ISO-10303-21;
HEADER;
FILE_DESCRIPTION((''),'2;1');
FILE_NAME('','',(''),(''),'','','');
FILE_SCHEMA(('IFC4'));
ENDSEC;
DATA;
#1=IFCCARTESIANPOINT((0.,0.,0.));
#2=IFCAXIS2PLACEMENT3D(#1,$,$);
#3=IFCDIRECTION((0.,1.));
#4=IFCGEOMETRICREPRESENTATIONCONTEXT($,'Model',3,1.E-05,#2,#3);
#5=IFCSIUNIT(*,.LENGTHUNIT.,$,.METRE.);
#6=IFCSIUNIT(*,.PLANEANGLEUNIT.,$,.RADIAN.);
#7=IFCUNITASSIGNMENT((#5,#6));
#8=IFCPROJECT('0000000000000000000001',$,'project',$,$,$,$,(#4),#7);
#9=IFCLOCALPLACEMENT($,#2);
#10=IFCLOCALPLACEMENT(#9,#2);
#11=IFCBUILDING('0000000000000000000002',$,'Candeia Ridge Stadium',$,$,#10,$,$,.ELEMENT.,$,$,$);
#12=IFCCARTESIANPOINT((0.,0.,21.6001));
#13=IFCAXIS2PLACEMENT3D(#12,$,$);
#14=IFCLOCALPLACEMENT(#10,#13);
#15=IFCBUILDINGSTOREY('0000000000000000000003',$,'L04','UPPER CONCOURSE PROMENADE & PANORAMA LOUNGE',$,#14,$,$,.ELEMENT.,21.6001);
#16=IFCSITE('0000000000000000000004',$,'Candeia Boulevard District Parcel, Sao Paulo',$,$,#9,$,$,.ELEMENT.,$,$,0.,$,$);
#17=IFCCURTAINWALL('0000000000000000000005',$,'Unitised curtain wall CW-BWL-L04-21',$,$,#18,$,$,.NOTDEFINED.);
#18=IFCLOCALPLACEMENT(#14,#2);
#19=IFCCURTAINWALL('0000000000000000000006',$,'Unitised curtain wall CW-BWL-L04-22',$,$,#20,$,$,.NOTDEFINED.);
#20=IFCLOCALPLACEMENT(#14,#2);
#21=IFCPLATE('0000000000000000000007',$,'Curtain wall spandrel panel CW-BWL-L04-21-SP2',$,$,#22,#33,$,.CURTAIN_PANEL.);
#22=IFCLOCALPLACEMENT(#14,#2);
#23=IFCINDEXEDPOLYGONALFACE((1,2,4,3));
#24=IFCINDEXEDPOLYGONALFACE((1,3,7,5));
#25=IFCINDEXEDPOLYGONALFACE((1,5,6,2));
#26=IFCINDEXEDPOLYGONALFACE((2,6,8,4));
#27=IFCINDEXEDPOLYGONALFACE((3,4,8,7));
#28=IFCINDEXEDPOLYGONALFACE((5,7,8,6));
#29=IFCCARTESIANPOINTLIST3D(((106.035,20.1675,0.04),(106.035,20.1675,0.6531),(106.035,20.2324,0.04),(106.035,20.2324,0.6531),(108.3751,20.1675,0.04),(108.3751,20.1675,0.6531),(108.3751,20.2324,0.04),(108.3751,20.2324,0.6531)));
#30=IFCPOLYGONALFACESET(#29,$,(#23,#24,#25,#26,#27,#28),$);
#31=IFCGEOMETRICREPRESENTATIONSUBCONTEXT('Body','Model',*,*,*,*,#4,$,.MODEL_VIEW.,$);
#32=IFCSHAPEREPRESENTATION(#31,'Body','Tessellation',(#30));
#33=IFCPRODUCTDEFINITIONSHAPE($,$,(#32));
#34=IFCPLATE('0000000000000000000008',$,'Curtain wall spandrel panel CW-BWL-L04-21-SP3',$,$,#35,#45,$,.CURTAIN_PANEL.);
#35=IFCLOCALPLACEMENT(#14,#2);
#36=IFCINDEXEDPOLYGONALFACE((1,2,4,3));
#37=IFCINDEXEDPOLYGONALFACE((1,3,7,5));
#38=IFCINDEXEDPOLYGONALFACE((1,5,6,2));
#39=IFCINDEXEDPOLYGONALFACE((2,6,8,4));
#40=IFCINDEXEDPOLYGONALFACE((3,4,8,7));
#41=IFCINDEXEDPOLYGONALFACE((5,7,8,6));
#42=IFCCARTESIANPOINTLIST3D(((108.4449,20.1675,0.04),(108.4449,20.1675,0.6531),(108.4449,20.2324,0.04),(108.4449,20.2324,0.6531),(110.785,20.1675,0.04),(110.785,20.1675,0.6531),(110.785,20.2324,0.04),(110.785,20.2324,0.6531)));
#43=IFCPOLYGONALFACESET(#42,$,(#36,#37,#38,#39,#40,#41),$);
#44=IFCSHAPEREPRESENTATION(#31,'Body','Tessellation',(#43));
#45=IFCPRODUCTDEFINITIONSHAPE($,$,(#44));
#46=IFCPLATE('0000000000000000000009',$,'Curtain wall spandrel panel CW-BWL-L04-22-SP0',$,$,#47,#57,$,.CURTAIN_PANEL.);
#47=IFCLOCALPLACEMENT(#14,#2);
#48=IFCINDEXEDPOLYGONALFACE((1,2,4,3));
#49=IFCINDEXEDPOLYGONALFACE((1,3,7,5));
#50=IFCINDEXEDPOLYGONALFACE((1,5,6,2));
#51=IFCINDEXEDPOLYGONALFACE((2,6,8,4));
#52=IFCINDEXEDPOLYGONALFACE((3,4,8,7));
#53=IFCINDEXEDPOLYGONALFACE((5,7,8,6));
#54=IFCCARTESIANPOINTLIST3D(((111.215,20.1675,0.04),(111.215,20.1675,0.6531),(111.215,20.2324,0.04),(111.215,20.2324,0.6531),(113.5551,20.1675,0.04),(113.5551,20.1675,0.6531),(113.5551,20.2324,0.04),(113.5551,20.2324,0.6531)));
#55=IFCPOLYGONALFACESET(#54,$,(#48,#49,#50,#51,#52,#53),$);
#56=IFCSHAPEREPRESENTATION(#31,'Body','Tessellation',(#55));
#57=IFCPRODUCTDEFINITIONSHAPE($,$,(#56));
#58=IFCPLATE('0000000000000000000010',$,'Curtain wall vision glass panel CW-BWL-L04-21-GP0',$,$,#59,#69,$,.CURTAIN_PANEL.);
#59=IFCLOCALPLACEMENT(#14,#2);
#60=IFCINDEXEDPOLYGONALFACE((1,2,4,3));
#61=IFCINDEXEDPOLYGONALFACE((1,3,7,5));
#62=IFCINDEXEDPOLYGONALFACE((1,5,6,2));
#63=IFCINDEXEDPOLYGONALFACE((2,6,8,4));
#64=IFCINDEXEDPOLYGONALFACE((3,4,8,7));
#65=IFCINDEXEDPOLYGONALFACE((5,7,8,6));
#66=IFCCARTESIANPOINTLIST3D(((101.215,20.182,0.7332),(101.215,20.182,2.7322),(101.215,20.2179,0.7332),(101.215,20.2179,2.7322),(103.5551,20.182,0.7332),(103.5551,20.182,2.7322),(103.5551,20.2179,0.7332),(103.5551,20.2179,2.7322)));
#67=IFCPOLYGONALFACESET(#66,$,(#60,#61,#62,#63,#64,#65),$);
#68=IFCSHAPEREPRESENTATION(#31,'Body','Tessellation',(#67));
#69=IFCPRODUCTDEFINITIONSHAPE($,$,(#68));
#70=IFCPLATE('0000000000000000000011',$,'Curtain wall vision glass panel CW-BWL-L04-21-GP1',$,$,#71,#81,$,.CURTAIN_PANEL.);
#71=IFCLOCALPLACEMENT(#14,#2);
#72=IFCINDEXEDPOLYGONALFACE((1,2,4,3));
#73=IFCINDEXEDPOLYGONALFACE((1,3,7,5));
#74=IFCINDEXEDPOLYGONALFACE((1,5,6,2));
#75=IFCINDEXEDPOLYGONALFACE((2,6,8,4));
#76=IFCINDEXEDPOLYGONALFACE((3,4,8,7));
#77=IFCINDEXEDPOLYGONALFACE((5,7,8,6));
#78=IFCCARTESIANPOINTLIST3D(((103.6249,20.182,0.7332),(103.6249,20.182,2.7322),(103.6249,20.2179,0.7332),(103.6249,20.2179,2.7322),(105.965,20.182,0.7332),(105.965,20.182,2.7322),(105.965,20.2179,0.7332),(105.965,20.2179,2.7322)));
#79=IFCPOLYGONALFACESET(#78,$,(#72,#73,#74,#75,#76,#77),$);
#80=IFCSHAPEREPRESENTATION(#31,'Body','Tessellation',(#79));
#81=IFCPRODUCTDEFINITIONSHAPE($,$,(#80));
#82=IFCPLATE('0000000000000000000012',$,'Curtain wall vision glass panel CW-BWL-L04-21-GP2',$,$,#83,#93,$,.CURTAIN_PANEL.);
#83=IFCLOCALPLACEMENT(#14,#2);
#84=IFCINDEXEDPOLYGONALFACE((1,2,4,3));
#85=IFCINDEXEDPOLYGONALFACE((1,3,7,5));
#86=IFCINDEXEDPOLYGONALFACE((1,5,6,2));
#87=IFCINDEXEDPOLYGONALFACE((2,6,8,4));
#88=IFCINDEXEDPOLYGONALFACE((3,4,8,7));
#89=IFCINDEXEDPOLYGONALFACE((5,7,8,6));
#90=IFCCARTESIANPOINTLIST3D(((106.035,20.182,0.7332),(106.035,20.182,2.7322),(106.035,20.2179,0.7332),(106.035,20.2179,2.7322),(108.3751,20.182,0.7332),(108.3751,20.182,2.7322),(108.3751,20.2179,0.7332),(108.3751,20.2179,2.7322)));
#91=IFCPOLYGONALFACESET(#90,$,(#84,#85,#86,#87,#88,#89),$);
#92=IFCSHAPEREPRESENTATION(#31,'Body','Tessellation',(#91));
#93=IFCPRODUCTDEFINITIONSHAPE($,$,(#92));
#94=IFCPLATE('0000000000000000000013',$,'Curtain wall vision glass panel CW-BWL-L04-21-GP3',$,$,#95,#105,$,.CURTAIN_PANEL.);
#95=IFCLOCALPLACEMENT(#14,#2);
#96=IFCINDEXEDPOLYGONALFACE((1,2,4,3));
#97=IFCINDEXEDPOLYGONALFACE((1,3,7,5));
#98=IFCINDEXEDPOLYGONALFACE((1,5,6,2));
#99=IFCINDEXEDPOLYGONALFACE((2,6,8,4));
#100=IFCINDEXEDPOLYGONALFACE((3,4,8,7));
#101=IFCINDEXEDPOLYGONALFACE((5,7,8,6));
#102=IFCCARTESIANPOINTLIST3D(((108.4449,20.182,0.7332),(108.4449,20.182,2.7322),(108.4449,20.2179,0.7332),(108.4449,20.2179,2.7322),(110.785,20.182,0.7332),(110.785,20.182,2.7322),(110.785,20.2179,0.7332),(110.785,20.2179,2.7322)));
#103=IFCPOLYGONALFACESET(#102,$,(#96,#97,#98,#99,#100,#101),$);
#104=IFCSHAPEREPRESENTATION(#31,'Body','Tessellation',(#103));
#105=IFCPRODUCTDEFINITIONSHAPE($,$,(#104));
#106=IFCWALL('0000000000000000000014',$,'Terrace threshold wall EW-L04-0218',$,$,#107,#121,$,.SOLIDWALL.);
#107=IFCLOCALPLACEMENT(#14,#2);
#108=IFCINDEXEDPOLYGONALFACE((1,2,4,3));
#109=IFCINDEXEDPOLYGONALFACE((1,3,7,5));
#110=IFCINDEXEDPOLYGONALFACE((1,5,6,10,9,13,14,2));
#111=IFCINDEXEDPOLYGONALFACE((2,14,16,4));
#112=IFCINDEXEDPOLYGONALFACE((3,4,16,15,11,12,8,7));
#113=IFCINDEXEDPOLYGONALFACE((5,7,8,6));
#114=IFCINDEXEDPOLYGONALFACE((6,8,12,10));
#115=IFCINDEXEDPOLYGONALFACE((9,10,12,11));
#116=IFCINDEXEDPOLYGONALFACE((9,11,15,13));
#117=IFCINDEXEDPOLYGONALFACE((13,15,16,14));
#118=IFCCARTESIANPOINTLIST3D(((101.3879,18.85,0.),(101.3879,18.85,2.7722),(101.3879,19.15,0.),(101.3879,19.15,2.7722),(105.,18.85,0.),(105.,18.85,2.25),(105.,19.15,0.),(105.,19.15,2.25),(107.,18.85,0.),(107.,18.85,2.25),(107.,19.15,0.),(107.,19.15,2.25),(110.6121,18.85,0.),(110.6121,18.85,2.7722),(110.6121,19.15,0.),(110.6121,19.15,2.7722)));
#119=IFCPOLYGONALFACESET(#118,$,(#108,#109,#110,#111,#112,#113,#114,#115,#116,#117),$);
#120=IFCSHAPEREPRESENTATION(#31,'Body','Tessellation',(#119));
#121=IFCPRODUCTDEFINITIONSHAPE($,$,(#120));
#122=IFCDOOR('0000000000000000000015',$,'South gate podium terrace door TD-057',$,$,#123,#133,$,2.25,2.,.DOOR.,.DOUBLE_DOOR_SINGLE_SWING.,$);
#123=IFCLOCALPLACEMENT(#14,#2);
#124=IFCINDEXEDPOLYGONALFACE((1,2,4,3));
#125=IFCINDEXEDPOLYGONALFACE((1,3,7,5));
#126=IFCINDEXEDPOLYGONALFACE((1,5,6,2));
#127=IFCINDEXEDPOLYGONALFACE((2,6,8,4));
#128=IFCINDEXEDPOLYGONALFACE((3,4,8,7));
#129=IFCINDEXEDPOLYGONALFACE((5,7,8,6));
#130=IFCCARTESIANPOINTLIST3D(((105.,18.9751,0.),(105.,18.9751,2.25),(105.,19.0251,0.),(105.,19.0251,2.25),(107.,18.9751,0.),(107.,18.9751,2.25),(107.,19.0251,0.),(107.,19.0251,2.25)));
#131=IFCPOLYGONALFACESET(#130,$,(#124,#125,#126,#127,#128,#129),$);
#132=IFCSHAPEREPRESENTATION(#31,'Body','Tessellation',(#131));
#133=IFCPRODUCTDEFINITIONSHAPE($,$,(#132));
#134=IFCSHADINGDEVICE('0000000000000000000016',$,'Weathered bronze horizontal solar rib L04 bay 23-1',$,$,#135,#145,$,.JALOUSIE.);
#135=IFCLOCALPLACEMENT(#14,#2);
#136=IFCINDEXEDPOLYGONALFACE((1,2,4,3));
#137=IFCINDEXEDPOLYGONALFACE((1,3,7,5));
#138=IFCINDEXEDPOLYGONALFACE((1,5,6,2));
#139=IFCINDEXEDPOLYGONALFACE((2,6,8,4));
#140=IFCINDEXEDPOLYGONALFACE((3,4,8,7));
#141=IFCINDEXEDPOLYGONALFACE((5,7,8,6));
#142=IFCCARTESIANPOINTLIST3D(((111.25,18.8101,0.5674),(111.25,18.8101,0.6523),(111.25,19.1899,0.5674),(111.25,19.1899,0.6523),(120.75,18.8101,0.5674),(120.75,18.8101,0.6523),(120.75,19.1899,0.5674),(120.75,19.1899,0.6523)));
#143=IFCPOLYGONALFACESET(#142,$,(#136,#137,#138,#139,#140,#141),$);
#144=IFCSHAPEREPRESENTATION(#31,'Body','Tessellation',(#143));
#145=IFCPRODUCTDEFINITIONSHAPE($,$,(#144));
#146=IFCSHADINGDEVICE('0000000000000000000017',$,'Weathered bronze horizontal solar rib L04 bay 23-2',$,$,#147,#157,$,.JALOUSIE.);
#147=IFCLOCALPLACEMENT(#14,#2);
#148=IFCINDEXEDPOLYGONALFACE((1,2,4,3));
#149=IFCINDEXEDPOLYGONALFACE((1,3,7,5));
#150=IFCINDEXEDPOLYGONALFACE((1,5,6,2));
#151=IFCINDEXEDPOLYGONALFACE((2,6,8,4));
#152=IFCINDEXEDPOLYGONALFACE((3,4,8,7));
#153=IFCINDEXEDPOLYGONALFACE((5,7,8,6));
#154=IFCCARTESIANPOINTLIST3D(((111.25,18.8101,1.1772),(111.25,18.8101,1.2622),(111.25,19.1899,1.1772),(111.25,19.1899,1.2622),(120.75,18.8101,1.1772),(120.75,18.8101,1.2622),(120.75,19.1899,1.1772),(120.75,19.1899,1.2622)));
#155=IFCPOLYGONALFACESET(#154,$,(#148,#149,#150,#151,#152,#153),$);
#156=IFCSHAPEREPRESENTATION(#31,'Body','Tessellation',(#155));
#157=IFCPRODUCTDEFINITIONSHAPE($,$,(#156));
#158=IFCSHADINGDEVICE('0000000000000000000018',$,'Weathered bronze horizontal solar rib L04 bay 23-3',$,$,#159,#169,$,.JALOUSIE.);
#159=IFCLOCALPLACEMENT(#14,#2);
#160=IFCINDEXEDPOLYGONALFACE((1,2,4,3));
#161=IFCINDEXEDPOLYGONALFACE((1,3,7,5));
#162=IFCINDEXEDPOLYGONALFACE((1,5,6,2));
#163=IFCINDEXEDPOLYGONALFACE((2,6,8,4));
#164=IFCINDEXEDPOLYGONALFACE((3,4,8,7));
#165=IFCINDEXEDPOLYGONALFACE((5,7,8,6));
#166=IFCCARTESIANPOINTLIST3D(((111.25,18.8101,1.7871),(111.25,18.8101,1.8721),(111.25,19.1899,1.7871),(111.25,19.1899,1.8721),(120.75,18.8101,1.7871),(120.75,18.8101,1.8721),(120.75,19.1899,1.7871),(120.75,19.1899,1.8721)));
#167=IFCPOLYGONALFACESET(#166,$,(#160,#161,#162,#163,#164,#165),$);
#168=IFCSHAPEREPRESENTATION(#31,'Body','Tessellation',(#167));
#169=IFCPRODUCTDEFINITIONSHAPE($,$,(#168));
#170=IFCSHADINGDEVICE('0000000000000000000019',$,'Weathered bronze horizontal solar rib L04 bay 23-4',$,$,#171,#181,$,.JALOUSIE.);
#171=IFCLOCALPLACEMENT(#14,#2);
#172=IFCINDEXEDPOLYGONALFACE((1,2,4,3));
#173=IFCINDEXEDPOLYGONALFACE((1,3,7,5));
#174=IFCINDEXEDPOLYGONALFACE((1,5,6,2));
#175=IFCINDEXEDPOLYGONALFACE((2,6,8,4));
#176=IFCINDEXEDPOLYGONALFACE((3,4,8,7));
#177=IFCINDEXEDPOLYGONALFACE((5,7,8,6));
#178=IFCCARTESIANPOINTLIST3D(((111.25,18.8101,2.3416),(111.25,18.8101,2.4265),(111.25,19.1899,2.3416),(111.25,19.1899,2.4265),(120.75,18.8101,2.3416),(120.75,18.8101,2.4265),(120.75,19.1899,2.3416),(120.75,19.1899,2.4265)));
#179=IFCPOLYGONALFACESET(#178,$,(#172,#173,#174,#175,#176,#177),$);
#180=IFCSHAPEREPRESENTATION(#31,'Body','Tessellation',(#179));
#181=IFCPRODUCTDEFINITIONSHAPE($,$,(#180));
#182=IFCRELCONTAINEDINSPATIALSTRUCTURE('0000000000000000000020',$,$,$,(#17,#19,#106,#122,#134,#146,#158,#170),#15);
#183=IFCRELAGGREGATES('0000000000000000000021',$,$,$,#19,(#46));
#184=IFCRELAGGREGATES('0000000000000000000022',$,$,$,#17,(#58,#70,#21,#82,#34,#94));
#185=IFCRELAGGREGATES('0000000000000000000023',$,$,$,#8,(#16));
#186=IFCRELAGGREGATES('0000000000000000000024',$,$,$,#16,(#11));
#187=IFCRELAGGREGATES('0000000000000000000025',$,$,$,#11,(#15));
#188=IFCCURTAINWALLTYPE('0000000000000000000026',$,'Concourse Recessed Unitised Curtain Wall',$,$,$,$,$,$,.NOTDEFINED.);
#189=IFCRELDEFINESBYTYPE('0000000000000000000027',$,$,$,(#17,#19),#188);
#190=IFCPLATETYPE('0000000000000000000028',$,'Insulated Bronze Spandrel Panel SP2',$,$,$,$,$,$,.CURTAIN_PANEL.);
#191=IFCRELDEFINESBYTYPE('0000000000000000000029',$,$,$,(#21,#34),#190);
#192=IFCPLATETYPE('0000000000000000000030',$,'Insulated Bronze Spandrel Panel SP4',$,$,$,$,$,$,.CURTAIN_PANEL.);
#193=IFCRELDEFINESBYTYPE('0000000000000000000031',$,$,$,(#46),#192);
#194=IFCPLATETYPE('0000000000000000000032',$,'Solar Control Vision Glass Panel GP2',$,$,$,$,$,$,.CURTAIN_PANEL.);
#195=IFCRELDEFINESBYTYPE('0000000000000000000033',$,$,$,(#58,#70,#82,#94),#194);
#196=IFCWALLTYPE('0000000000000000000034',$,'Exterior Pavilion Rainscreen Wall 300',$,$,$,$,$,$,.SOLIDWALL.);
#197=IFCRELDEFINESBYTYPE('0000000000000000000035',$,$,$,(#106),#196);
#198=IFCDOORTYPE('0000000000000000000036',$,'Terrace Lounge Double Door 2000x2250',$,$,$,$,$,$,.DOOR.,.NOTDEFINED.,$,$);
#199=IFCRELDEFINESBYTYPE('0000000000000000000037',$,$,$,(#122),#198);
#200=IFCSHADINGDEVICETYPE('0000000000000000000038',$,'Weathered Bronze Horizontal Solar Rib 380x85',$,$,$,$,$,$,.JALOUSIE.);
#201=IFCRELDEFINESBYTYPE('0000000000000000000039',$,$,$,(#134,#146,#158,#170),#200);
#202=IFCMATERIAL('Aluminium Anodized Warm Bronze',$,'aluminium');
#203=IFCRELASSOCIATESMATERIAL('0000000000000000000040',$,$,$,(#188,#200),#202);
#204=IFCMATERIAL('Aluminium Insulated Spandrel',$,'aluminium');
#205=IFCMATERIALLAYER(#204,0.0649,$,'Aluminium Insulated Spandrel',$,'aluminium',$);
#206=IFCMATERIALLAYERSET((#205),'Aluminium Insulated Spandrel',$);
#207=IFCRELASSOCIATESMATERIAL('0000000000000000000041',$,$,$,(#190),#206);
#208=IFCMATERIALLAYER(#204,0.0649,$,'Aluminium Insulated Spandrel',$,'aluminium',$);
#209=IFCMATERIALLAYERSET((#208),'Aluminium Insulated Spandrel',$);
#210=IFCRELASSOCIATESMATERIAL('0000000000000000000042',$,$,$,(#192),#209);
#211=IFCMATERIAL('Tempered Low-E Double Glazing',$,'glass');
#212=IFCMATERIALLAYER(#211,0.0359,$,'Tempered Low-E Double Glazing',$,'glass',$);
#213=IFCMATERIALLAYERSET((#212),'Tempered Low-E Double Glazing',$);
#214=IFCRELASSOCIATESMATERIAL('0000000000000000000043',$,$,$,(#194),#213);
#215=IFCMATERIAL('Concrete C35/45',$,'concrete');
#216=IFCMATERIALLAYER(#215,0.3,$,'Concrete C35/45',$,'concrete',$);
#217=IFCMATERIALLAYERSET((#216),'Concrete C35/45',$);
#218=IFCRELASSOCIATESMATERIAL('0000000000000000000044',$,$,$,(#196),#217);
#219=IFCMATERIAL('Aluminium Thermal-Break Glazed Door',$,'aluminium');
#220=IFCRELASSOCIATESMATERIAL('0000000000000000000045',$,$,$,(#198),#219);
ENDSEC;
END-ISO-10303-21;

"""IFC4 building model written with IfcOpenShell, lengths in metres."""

from ifc_helpers import new_model, si_unit, direction, frame, frame_2d, origin, origin_2d, place, context, subcontext, project, spatial, rectangle, extrude, material, layer, layer_set, type_object, element, fill, aggregate, save


model = new_model("IFC4")

# Units and contexts
model_context = context("Model", 3, precision=1e-05, world=origin(), true_north=direction((0.0, 1.0)))
body_context = subcontext(model_context, "Body", "Model", "MODEL_VIEW")
ifc_project = project(units=[si_unit("LENGTHUNIT", "METRE"), si_unit("PLANEANGLEUNIT", "RADIAN")], contexts=[model_context])

# Site, building, storey
site_placement = place(None, origin())
site = spatial("IfcSite", under=ifc_project, at=site_placement, Name="Candeia Boulevard District Parcel, Sao Paulo", CompositionType="ELEMENT", RefElevation=0.0)
building_placement = place(site_placement, origin())
building = spatial("IfcBuilding", under=site, at=building_placement, Name="Candeia Ridge Stadium", CompositionType="ELEMENT")
storey_placement = place(building_placement, frame((0.0, 0.0, 21.6001)))
storey = spatial("IfcBuildingStorey", under=building, at=storey_placement, Name="L04", Description="UPPER CONCOURSE PROMENADE & PANORAMA LOUNGE", CompositionType="ELEMENT", Elevation=21.6001)

# Curtain walls
ifc_material_1 = material(Name="Aluminium Anodized Warm Bronze", Category="aluminium")
curtain_wall_type = type_object("IfcCurtainWallType", Name="Concourse Recessed Unitised Curtain Wall", PredefinedType="NOTDEFINED", material=ifc_material_1)
curtain_wall_1_placement = place(storey_placement, origin())
curtain_wall_1 = element("IfcCurtainWall", 1, at=curtain_wall_1_placement, inside=storey, type_object=curtain_wall_type, Name="Unitised curtain wall CW-BWL-L04-21", PredefinedType="NOTDEFINED")
curtain_wall_2_placement = place(storey_placement, origin())
curtain_wall_2 = element("IfcCurtainWall", 2, at=curtain_wall_2_placement, inside=storey, type_object=curtain_wall_type, Name="Unitised curtain wall CW-BWL-L04-22", PredefinedType="NOTDEFINED")

# Plates
ifc_material_2 = material(Name="Aluminium Insulated Spandrel", Category="aluminium")
ifc_layer_1 = layer(ifc_material_2, 0.0649, Name="Aluminium Insulated Spandrel", Category="aluminium")
ifc_layer_set_1 = layer_set([ifc_layer_1], Name="Aluminium Insulated Spandrel")
plate_type_1 = type_object("IfcPlateType", Name="Insulated Bronze Spandrel Panel SP2", PredefinedType="CURTAIN_PANEL", material=ifc_layer_set_1)
plate_1_placement = place(storey_placement, frame((107.2051, 20.2, 0.04), z_axis=(0.0, 0.0, 1.0), x_axis=(1.0, 0.0, 0.0)))
plate_1 = element("IfcPlate", 3, at=plate_1_placement, type_object=plate_type_1, Name="Curtain wall spandrel panel CW-BWL-L04-21-SP2", PredefinedType="CURTAIN_PANEL", context=body_context, shape_type="SweptSolid", body=[
    extrude(rectangle(XDim=2.3401, YDim=0.0649, at=origin_2d()), origin(), (0.0, 0.0, 1.0), 0.613),
])
plate_2_placement = place(storey_placement, frame((109.615, 20.2, 0.04), z_axis=(0.0, 0.0, 1.0), x_axis=(1.0, 0.0, 0.0)))
plate_2 = element("IfcPlate", 4, at=plate_2_placement, type_object=plate_type_1, Name="Curtain wall spandrel panel CW-BWL-L04-21-SP3", PredefinedType="CURTAIN_PANEL", context=body_context, shape_type="SweptSolid", body=[
    extrude(rectangle(XDim=2.3401, YDim=0.0649, at=origin_2d()), origin(), (0.0, 0.0, 1.0), 0.613),
])
ifc_layer_2 = layer(ifc_material_2, 0.0649, Name="Aluminium Insulated Spandrel", Category="aluminium")
ifc_layer_set_2 = layer_set([ifc_layer_2], Name="Aluminium Insulated Spandrel")
plate_type_2 = type_object("IfcPlateType", Name="Insulated Bronze Spandrel Panel SP4", PredefinedType="CURTAIN_PANEL", material=ifc_layer_set_2)
plate_3_placement = place(storey_placement, frame((112.385, 20.2, 0.04), z_axis=(0.0, 0.0, 1.0), x_axis=(1.0, 0.0, 0.0)))
plate_3 = element("IfcPlate", 5, at=plate_3_placement, type_object=plate_type_2, Name="Curtain wall spandrel panel CW-BWL-L04-22-SP0", PredefinedType="CURTAIN_PANEL", context=body_context, shape_type="SweptSolid", body=[
    extrude(rectangle(XDim=2.3401, YDim=0.0649, at=origin_2d()), origin(), (0.0, 0.0, 1.0), 0.613),
])
aggregate(curtain_wall_2, [plate_3])
ifc_material_3 = material(Name="Tempered Low-E Double Glazing", Category="glass")
ifc_layer_3 = layer(ifc_material_3, 0.0359, Name="Tempered Low-E Double Glazing", Category="glass")
ifc_layer_set_3 = layer_set([ifc_layer_3], Name="Tempered Low-E Double Glazing")
plate_type_3 = type_object("IfcPlateType", Name="Solar Control Vision Glass Panel GP2", PredefinedType="CURTAIN_PANEL", material=ifc_layer_set_3)
plate_4_placement = place(storey_placement, frame((102.385, 20.2, 0.7332), z_axis=(0.0, 0.0, 1.0), x_axis=(1.0, 0.0, 0.0)))
plate_4 = element("IfcPlate", 6, at=plate_4_placement, type_object=plate_type_3, Name="Curtain wall vision glass panel CW-BWL-L04-21-GP0", PredefinedType="CURTAIN_PANEL", context=body_context, shape_type="SweptSolid", body=[
    extrude(rectangle(XDim=2.3401, YDim=0.0359, at=origin_2d()), origin(), (0.0, 0.0, 1.0), 1.999),
])
plate_5_placement = place(storey_placement, frame((104.7949, 20.2, 0.7332), z_axis=(0.0, 0.0, 1.0), x_axis=(1.0, 0.0, 0.0)))
plate_5 = element("IfcPlate", 7, at=plate_5_placement, type_object=plate_type_3, Name="Curtain wall vision glass panel CW-BWL-L04-21-GP1", PredefinedType="CURTAIN_PANEL", context=body_context, shape_type="SweptSolid", body=[
    extrude(rectangle(XDim=2.3401, YDim=0.0359, at=origin_2d()), origin(), (0.0, 0.0, 1.0), 1.999),
])
plate_6_placement = place(storey_placement, frame((107.2051, 20.2, 0.7332), z_axis=(0.0, 0.0, 1.0), x_axis=(1.0, 0.0, 0.0)))
plate_6 = element("IfcPlate", 8, at=plate_6_placement, type_object=plate_type_3, Name="Curtain wall vision glass panel CW-BWL-L04-21-GP2", PredefinedType="CURTAIN_PANEL", context=body_context, shape_type="SweptSolid", body=[
    extrude(rectangle(XDim=2.3401, YDim=0.0359, at=origin_2d()), origin(), (0.0, 0.0, 1.0), 1.999),
])
plate_7_placement = place(storey_placement, frame((109.615, 20.2, 0.7332), z_axis=(0.0, 0.0, 1.0), x_axis=(1.0, 0.0, 0.0)))
plate_7 = element("IfcPlate", 9, at=plate_7_placement, type_object=plate_type_3, Name="Curtain wall vision glass panel CW-BWL-L04-21-GP3", PredefinedType="CURTAIN_PANEL", context=body_context, shape_type="SweptSolid", body=[
    extrude(rectangle(XDim=2.3401, YDim=0.0359, at=origin_2d()), origin(), (0.0, 0.0, 1.0), 1.999),
])
aggregate(curtain_wall_1, [plate_4, plate_5, plate_1, plate_6, plate_2, plate_7])

# Wall, opening, door
ifc_material_4 = material(Name="Concrete C35/45", Category="concrete")
ifc_layer_4 = layer(ifc_material_4, 0.3, Name="Concrete C35/45", Category="concrete")
ifc_layer_set_4 = layer_set([ifc_layer_4], Name="Concrete C35/45")
wall_type = type_object("IfcWallType", Name="Exterior Pavilion Rainscreen Wall 300", PredefinedType="SOLIDWALL", material=ifc_layer_set_4)
wall_placement = place(storey_placement, frame((101.3879, 19.0, 0.0), z_axis=(0.0, 0.0, 1.0), x_axis=(1.0, 0.0, 0.0)))
wall = element("IfcWall", 10, at=wall_placement, inside=storey, type_object=wall_type, Name="Terrace threshold wall EW-L04-0218", PredefinedType="SOLIDWALL", context=body_context, shape_type="SweptSolid", body=[
    extrude(rectangle(XDim=9.2241, YDim=0.3, at=frame_2d((4.6121, 0.0))), origin(), (0.0, 0.0, 1.0), 2.7722),
])
opening_placement = place(wall_placement, frame((3.6121, 0.0, 0.0)))
opening = element("IfcOpeningElement", 11, at=opening_placement, cuts=wall, PredefinedType="OPENING", context=body_context, shape_type="SweptSolid", body=[
    extrude(rectangle(XDim=2.0, YDim=2.25, at=frame_2d((1.0, 1.125))), frame((0.0, 0.1599, 0.0), z_axis=(0.0, -1.0, 0.0), x_axis=(1.0, 0.0, 0.0)), (0.0, 0.0, 1.0), 0.3201),
])
ifc_material_5 = material(Name="Aluminium Thermal-Break Glazed Door", Category="aluminium")
door_type = type_object("IfcDoorType", Name="Terrace Lounge Double Door 2000x2250", OperationType="NOTDEFINED", PredefinedType="DOOR", material=ifc_material_5)
door_placement = place(opening_placement, frame((2.0, 0.0, 0.0), z_axis=(0.0, 0.0, 1.0), x_axis=(-1.0, 0.0, 0.0)))
door = element("IfcDoor", 12, at=door_placement, inside=storey, type_object=door_type, Name="South gate podium terrace door TD-057", OperationType="DOUBLE_DOOR_SINGLE_SWING", OverallHeight=2.25, OverallWidth=2.0, PredefinedType="DOOR", context=body_context, shape_type="SweptSolid", body=[
    extrude(rectangle(XDim=2.0, YDim=2.25, at=frame_2d((1.0, 1.125))), frame((0.0, 0.0249, 0.0), z_axis=(0.0, -1.0, 0.0), x_axis=(1.0, 0.0, 0.0)), (0.0, 0.0, 1.0), 0.05),
])
fill(opening, door)

# Shading devices
shading_device_type = type_object("IfcShadingDeviceType", Name="Weathered Bronze Horizontal Solar Rib 380x85", PredefinedType="JALOUSIE", material=ifc_material_1)
for number, where, z_axis, x_axis, name in (
    (13, (116.0, 19.0, 0.5674), (0.0, 0.0, 1.0), (1.0, 0.0, 0.0), "Weathered bronze horizontal solar rib L04 bay 23-1"),
    (14, (116.0, 19.0, 1.1772), (0.0, 0.0, 1.0), (1.0, 0.0, 0.0), "Weathered bronze horizontal solar rib L04 bay 23-2"),
    (15, (116.0, 19.0, 1.7871), (0.0, 0.0, 1.0), (1.0, 0.0, 0.0), "Weathered bronze horizontal solar rib L04 bay 23-3"),
    (16, (116.0, 19.0, 2.3416), (0.0, 0.0, 1.0), (1.0, 0.0, 0.0), "Weathered bronze horizontal solar rib L04 bay 23-4"),
):
    element("IfcShadingDevice", number, at=place(storey_placement, frame(where, z_axis=z_axis, x_axis=x_axis)), inside=storey, type_object=shading_device_type, Name=name, PredefinedType="JALOUSIE", context=body_context, shape_type="SweptSolid", body=[
        extrude(rectangle(XDim=9.5, YDim=0.3799, at=origin_2d()), origin(), (0.0, 0.0, 1.0), 0.085),
    ])

save(model, "model.ifc")
